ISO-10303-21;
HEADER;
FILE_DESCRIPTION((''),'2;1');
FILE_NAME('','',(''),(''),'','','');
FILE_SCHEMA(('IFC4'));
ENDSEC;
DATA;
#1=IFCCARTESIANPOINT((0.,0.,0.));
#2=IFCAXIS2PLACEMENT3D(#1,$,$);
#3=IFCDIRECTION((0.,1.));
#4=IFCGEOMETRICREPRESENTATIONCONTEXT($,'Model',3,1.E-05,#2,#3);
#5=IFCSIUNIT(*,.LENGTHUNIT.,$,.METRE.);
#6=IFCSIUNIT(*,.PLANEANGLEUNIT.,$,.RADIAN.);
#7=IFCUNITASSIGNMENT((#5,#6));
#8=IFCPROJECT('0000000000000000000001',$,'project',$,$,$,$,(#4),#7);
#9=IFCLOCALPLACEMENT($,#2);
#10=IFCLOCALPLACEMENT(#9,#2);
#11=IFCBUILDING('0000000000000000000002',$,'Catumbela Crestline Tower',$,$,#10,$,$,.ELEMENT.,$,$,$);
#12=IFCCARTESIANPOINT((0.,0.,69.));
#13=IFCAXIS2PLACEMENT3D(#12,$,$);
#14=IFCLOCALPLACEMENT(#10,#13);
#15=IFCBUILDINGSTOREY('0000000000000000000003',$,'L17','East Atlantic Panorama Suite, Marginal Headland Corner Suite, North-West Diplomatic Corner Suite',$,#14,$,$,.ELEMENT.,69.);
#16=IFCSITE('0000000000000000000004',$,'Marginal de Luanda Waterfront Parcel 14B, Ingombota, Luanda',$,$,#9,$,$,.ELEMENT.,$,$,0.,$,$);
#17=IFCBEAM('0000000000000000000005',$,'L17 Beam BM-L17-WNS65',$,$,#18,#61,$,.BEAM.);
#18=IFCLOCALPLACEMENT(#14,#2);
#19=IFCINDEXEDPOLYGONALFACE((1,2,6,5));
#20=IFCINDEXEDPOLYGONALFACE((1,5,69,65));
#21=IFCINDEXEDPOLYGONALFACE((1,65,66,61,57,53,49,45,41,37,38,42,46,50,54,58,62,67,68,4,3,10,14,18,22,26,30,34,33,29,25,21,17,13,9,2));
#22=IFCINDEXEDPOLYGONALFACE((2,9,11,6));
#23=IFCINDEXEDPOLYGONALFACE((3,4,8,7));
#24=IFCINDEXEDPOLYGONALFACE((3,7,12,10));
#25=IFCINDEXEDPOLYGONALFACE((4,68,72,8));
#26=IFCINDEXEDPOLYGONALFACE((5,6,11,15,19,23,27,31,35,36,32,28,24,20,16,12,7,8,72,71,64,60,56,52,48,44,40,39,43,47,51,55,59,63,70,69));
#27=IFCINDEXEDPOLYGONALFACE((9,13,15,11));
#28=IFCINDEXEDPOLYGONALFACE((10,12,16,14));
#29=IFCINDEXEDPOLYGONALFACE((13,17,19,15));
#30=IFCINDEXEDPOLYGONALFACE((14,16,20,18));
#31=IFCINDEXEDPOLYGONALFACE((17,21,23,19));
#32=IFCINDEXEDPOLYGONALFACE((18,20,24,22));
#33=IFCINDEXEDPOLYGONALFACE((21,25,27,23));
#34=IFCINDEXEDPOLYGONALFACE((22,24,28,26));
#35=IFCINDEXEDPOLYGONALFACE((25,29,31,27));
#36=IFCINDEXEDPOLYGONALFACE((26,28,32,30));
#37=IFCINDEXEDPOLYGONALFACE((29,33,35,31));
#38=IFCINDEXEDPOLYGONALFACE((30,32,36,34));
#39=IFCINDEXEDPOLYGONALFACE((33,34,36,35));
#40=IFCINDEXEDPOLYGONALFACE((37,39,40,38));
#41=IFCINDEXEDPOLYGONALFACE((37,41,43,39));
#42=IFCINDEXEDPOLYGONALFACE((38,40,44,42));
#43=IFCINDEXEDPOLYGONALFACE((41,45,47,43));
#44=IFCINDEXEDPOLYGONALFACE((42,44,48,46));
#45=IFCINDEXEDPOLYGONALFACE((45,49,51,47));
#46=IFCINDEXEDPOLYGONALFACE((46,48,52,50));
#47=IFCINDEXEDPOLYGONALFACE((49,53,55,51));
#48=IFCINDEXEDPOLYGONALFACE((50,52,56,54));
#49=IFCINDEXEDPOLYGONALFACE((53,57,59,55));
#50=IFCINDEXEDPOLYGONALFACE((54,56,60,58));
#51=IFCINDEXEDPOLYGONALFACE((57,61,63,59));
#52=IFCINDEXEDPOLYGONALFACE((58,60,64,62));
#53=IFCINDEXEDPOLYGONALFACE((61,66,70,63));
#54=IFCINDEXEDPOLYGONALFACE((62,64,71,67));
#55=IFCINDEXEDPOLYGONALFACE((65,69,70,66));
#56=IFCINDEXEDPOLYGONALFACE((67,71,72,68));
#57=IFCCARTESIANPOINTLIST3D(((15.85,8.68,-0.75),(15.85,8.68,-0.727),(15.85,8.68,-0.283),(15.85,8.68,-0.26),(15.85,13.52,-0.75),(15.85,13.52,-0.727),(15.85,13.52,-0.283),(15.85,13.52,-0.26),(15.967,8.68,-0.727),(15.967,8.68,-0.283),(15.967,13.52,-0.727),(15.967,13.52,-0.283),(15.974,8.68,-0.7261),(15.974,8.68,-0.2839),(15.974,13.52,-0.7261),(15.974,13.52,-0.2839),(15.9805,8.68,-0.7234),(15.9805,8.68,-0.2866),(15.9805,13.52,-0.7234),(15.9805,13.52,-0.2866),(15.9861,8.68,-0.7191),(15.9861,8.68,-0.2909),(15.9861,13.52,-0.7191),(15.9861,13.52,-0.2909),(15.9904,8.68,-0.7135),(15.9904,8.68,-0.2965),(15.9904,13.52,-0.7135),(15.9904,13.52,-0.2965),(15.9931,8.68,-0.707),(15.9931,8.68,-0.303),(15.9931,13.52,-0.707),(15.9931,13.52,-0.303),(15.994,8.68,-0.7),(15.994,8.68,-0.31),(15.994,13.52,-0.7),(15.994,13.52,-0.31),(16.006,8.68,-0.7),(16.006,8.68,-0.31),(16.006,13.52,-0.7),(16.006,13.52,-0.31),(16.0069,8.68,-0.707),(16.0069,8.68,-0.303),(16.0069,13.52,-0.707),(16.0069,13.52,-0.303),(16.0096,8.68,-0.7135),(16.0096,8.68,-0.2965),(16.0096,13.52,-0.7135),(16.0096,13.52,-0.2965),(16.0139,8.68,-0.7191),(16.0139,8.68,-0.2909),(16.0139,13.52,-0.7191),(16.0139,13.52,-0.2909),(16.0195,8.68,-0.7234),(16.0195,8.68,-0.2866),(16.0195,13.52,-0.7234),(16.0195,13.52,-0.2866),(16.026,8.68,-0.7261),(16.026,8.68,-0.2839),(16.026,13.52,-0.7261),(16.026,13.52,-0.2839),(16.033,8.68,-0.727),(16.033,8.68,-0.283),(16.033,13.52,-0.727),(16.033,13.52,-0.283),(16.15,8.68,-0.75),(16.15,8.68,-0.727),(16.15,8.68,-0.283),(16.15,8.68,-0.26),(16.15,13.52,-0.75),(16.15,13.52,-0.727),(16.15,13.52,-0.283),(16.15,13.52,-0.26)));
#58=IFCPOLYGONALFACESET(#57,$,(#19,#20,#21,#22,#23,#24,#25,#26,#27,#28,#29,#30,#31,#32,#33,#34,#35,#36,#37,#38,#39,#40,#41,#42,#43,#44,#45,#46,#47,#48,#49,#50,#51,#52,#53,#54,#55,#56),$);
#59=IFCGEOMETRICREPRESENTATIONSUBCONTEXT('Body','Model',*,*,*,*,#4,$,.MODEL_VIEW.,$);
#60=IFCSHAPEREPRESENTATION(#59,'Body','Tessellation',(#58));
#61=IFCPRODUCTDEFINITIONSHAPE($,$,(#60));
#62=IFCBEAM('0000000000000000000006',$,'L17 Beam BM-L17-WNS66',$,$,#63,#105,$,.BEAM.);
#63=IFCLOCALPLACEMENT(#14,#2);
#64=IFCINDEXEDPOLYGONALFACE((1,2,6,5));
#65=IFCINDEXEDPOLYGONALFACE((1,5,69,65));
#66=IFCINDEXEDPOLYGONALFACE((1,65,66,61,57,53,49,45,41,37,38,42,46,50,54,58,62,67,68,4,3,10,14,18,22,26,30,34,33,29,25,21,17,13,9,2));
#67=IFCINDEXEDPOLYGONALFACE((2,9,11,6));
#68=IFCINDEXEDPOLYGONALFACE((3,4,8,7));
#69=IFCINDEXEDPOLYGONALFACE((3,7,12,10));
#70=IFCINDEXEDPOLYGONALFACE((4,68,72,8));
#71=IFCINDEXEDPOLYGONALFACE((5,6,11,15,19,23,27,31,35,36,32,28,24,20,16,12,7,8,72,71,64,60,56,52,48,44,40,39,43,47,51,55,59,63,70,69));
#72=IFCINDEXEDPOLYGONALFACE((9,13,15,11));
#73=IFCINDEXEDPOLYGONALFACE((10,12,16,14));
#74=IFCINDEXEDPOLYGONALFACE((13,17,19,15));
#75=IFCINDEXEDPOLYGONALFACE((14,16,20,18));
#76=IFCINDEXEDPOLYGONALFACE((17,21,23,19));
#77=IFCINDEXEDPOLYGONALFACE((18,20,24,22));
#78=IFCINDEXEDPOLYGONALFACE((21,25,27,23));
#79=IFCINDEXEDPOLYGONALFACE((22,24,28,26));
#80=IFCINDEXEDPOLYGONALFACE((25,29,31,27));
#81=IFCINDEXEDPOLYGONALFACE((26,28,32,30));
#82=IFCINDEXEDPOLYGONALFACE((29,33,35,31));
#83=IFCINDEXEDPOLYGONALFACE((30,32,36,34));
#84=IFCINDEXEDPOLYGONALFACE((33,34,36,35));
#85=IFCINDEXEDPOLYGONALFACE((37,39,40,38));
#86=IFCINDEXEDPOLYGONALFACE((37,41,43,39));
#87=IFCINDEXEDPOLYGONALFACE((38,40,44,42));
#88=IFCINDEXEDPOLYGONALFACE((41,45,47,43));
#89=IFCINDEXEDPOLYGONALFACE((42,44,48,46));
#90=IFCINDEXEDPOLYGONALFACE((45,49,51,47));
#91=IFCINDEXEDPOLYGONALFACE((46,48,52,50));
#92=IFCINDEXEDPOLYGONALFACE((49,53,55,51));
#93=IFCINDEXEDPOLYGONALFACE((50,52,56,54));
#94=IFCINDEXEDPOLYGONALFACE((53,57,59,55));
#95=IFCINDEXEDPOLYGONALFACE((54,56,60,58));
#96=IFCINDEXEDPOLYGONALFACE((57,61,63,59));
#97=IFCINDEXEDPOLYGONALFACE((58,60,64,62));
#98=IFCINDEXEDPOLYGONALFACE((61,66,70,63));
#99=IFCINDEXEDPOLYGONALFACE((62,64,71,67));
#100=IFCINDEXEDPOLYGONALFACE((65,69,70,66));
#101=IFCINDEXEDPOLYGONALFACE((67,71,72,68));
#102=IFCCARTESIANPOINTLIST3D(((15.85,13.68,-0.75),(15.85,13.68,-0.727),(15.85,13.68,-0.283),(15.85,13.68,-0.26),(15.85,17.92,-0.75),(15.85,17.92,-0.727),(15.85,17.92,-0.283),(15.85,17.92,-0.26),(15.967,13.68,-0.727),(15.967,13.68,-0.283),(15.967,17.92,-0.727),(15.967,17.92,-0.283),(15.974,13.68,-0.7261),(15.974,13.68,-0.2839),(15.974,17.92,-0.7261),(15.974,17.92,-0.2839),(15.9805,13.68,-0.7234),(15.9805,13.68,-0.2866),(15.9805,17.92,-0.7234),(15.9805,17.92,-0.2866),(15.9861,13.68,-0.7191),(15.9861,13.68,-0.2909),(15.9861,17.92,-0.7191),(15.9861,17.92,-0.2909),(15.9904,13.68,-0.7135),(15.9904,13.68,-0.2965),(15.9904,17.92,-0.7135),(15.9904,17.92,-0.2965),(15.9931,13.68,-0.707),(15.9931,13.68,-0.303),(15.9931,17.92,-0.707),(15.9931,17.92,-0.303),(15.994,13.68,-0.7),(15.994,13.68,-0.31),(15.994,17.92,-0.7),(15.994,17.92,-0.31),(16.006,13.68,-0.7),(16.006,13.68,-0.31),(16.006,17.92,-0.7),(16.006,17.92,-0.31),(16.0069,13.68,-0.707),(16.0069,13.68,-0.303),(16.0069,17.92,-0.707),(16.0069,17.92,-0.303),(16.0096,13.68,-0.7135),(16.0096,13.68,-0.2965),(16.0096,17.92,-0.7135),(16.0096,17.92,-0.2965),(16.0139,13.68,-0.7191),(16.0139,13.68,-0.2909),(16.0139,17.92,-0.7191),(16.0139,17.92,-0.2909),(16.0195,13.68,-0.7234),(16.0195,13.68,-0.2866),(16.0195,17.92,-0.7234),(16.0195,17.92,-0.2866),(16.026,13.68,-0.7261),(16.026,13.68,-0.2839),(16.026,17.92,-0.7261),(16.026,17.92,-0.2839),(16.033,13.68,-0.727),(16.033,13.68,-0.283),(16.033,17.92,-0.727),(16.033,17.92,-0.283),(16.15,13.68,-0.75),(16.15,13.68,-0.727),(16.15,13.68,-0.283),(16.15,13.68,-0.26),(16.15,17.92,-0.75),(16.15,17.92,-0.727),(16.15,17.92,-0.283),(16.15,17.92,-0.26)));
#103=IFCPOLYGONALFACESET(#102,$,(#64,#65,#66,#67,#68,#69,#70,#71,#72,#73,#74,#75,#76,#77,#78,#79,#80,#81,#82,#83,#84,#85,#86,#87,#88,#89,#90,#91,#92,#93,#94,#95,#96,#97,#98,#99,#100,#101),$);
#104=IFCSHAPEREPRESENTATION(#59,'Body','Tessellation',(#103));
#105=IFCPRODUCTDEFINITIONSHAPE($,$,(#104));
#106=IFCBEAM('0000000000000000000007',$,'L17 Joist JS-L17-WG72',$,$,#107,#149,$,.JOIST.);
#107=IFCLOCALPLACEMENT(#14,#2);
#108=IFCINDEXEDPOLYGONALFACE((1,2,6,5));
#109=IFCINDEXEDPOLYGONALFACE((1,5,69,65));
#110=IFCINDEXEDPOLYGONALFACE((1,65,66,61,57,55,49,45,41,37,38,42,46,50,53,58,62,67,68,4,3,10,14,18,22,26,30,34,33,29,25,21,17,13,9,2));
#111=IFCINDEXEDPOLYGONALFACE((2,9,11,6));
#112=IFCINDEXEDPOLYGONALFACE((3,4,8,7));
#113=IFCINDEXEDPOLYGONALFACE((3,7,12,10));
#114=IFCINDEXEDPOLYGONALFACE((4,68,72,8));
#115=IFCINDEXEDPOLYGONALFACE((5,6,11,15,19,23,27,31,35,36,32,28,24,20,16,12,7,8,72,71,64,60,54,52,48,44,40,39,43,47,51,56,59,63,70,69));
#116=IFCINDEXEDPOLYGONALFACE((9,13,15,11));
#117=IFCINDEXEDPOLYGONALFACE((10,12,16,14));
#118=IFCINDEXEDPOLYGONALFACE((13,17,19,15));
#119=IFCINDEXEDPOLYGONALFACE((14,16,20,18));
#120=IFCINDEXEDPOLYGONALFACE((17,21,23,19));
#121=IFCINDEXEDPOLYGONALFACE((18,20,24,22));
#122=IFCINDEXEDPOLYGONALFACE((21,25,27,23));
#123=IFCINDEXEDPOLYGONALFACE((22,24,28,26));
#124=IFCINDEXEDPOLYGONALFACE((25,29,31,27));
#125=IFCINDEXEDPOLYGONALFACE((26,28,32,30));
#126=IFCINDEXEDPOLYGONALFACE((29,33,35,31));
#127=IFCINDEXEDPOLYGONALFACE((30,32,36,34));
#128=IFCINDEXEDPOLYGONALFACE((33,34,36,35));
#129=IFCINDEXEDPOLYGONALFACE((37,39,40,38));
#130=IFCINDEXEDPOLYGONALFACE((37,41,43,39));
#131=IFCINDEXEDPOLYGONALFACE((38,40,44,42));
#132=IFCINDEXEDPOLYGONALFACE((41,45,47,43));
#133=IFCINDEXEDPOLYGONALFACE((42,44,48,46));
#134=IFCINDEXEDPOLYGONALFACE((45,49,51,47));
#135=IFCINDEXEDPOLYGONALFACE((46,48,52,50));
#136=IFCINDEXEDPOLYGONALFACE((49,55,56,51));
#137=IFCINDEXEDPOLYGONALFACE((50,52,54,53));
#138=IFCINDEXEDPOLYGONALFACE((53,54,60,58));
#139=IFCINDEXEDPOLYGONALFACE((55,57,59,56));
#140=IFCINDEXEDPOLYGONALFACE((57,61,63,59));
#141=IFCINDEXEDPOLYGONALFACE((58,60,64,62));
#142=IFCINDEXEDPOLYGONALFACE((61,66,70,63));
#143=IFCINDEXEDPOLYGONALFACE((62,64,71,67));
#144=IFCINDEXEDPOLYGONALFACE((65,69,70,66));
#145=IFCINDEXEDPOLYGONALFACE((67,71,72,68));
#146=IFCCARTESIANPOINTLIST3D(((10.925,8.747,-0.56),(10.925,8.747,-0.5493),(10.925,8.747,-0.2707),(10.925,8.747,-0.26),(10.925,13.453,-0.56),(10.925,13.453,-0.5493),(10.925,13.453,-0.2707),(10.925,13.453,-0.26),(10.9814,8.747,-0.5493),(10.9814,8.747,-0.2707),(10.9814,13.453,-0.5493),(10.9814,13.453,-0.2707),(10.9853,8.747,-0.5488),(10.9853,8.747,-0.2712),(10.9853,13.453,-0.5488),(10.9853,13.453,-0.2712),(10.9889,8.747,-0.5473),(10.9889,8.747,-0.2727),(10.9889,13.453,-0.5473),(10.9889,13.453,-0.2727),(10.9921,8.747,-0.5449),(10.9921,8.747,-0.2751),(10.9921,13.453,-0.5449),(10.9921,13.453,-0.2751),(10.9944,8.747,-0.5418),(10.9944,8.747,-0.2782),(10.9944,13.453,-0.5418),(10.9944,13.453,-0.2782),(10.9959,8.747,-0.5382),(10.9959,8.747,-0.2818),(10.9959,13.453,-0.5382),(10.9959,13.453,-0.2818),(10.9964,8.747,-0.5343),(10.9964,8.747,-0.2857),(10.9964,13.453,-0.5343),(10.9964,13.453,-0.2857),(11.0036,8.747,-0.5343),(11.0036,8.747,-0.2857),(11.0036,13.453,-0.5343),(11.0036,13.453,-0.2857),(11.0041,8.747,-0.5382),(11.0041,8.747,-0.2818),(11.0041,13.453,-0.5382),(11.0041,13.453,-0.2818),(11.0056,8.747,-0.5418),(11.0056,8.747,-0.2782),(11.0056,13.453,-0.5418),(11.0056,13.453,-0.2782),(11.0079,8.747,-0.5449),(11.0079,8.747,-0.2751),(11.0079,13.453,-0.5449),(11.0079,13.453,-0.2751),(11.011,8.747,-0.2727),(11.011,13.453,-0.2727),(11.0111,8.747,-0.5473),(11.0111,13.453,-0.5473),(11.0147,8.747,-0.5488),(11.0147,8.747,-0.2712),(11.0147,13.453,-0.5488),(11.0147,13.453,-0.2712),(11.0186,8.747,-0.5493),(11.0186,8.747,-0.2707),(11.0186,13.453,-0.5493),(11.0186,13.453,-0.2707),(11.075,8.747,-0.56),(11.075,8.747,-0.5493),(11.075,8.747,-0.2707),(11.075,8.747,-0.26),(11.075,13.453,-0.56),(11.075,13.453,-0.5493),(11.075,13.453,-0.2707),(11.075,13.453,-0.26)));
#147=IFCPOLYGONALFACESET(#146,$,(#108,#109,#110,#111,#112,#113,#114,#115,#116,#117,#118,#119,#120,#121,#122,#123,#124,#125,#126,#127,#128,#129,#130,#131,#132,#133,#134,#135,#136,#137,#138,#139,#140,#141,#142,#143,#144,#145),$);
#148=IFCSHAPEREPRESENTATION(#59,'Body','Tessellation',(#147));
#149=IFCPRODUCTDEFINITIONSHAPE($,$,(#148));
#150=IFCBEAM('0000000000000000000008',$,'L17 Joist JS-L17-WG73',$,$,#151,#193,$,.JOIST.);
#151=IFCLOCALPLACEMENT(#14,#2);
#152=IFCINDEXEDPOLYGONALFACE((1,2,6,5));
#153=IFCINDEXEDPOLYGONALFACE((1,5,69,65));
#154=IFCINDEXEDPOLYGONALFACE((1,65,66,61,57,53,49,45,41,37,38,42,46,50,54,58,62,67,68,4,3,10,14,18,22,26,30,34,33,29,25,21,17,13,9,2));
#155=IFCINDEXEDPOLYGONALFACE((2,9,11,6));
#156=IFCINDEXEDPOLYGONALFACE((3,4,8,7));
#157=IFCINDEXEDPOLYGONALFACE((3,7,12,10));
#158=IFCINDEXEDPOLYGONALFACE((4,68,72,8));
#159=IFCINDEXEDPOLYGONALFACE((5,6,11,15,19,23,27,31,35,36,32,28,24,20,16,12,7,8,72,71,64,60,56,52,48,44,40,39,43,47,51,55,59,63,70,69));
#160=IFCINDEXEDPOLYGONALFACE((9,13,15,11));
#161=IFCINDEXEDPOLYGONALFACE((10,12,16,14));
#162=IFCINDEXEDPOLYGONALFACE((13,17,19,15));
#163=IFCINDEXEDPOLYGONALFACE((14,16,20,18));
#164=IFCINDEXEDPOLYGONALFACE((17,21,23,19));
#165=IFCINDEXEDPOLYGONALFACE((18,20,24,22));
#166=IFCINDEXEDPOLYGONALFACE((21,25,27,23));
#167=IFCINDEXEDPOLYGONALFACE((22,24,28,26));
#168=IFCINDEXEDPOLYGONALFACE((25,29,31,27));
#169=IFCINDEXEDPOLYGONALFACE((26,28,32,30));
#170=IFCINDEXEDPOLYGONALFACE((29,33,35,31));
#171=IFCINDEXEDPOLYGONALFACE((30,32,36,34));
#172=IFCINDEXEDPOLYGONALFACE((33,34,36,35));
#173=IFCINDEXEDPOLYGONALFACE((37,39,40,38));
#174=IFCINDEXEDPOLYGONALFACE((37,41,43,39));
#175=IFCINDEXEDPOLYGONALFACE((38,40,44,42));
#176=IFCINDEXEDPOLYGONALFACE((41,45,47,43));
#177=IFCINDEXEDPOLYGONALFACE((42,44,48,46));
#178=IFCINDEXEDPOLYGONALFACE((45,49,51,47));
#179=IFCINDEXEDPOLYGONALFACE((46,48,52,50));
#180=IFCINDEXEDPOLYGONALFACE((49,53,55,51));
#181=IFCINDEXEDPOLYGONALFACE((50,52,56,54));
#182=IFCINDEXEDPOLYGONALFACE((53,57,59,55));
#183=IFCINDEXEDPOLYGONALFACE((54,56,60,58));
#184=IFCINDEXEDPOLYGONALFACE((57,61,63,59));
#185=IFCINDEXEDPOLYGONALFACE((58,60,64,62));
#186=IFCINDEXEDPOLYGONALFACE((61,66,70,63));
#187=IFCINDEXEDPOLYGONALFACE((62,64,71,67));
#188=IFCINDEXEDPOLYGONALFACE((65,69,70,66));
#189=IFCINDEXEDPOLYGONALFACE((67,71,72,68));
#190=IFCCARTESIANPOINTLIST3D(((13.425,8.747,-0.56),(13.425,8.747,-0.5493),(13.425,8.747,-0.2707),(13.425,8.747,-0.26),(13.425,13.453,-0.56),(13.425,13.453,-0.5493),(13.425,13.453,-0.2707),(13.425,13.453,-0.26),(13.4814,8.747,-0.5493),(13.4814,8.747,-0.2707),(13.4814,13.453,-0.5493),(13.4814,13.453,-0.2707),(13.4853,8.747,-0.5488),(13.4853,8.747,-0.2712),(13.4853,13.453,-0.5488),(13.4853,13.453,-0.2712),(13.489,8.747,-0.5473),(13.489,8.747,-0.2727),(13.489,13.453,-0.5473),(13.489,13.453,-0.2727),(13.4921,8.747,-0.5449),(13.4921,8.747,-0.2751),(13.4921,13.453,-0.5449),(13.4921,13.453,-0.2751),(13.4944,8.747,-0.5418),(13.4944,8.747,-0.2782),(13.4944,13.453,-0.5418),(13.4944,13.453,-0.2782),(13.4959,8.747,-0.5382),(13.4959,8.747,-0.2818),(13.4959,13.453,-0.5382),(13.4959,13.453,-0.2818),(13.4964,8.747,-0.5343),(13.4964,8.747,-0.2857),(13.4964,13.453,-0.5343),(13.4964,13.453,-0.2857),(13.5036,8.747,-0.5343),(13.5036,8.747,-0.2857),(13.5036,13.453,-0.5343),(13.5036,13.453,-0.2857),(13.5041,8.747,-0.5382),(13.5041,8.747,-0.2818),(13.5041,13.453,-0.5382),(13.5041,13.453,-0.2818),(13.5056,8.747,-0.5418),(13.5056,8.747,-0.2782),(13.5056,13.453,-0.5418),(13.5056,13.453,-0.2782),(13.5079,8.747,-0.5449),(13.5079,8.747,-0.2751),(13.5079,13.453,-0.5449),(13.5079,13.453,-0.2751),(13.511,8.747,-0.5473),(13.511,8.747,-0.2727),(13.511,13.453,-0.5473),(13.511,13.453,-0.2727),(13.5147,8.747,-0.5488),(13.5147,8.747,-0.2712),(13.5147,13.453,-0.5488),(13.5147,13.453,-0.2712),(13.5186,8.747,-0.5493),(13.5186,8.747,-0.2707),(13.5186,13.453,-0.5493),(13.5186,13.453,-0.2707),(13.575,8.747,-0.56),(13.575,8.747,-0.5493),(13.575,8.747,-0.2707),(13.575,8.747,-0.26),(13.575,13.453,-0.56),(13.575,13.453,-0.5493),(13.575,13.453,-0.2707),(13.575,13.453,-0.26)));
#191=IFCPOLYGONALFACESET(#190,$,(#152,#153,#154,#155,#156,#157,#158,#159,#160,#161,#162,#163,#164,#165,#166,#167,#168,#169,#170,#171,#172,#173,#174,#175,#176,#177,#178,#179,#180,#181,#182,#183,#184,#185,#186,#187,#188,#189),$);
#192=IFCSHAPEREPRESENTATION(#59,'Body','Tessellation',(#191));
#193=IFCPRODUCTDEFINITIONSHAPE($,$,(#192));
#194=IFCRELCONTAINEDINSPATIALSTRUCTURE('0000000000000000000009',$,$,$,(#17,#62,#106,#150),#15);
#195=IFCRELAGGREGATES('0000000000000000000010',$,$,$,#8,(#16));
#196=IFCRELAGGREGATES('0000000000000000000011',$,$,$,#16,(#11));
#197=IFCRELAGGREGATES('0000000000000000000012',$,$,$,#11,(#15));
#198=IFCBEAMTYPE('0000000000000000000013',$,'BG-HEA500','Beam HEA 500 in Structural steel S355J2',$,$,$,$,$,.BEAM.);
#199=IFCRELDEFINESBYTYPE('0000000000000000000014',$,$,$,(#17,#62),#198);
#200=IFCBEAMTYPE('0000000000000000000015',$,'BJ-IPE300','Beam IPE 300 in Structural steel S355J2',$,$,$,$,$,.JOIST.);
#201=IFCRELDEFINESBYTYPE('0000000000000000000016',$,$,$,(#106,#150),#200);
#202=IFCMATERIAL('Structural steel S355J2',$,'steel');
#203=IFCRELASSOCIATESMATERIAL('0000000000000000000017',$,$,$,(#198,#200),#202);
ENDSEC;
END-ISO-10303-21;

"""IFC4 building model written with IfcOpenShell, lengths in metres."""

from ifc_helpers import new_model, si_unit, direction, frame, origin, origin_2d, place, context, subcontext, project, spatial, i_section, extrude, material, material_profile, profile_set, type_object, element, save


model = new_model("IFC4")

# Units and contexts
model_context = context("Model", 3, precision=1e-05, world=origin(), true_north=direction((0.0, 1.0)))
body_context = subcontext(model_context, "Body", "Model", "MODEL_VIEW")
ifc_project = project(units=[si_unit("LENGTHUNIT", "METRE"), si_unit("PLANEANGLEUNIT", "RADIAN")], contexts=[model_context])

# Site, building, storey
site_placement = place(None, origin())
site = spatial("IfcSite", under=ifc_project, at=site_placement, Name="Marginal de Luanda Waterfront Parcel 14B, Ingombota, Luanda", CompositionType="ELEMENT", RefElevation=0.0)
building_placement = place(site_placement, origin())
building = spatial("IfcBuilding", under=site, at=building_placement, Name="Catumbela Crestline Tower", CompositionType="ELEMENT")
storey_placement = place(building_placement, frame((0.0, 0.0, 69.0)))
storey = spatial("IfcBuildingStorey", under=building, at=storey_placement, Name="L17", Description="East Atlantic Panorama Suite, Marginal Headland Corner Suite, North-West Diplomatic Corner Suite", CompositionType="ELEMENT", Elevation=69.0)

# Beams
ifc_material_1 = material(Name="Structural steel S355J2", Category="steel")
ifc_material_profile_1 = material_profile(ifc_material_1, i_section(OverallWidth=0.3, OverallDepth=0.49, WebThickness=0.012, FlangeThickness=0.023, FilletRadius=0.027, at=origin_2d()), Name="HEA 500")
ifc_profile_set_1 = profile_set([ifc_material_profile_1], Name="Structural steel S355J2")
beam_type_1 = type_object("IfcBeamType", Name="BG-HEA500", Description="Beam HEA 500 in Structural steel S355J2", PredefinedType="BEAM", material=ifc_profile_set_1)
beam_1_placement = place(storey_placement, frame((16.0, 8.68, -0.505), z_axis=(0.0, 1.0, 0.0), x_axis=(-1.0, 0.0, 0.0)))
element("IfcBeam", 1, at=beam_1_placement, inside=storey, type_object=beam_type_1, Name="L17 Beam BM-L17-WNS65", PredefinedType="BEAM", context=body_context, shape_type="SweptSolid", body=[
    extrude(i_section(OverallWidth=0.3, OverallDepth=0.49, WebThickness=0.012, FlangeThickness=0.023, FilletRadius=0.027, at=origin_2d()), origin(), (0.0, 0.0, 1.0), 4.84),
])
beam_2_placement = place(storey_placement, frame((16.0, 13.68, -0.505), z_axis=(0.0, 1.0, 0.0), x_axis=(-1.0, 0.0, 0.0)))
element("IfcBeam", 2, at=beam_2_placement, inside=storey, type_object=beam_type_1, Name="L17 Beam BM-L17-WNS66", PredefinedType="BEAM", context=body_context, shape_type="SweptSolid", body=[
    extrude(i_section(OverallWidth=0.3, OverallDepth=0.49, WebThickness=0.012, FlangeThickness=0.023, FilletRadius=0.027, at=origin_2d()), origin(), (0.0, 0.0, 1.0), 4.24),
])
ifc_material_profile_2 = material_profile(ifc_material_1, i_section(OverallWidth=0.15, OverallDepth=0.3, WebThickness=0.0071, FlangeThickness=0.0107, FilletRadius=0.015, at=origin_2d()), Name="IPE 300")
ifc_profile_set_2 = profile_set([ifc_material_profile_2], Name="Structural steel S355J2")
beam_type_2 = type_object("IfcBeamType", Name="BJ-IPE300", Description="Beam IPE 300 in Structural steel S355J2", PredefinedType="JOIST", material=ifc_profile_set_2)
for number, where, z_axis, x_axis, name in (
    (3, (11.0, 8.747, -0.41), (0.0, 1.0, 0.0), (-1.0, 0.0, 0.0), "L17 Joist JS-L17-WG72"),
    (4, (13.5, 8.747, -0.41), (0.0, 1.0, 0.0), (-1.0, 0.0, 0.0), "L17 Joist JS-L17-WG73"),
):
    element("IfcBeam", number, at=place(storey_placement, frame(where, z_axis=z_axis, x_axis=x_axis)), inside=storey, type_object=beam_type_2, Name=name, PredefinedType="JOIST", context=body_context, shape_type="SweptSolid", body=[
        extrude(i_section(OverallWidth=0.15, OverallDepth=0.3, WebThickness=0.0071, FlangeThickness=0.0107, FilletRadius=0.015, at=origin_2d()), origin(), (0.0, 0.0, 1.0), 4.706),
    ])

save(model, "model.ifc")
